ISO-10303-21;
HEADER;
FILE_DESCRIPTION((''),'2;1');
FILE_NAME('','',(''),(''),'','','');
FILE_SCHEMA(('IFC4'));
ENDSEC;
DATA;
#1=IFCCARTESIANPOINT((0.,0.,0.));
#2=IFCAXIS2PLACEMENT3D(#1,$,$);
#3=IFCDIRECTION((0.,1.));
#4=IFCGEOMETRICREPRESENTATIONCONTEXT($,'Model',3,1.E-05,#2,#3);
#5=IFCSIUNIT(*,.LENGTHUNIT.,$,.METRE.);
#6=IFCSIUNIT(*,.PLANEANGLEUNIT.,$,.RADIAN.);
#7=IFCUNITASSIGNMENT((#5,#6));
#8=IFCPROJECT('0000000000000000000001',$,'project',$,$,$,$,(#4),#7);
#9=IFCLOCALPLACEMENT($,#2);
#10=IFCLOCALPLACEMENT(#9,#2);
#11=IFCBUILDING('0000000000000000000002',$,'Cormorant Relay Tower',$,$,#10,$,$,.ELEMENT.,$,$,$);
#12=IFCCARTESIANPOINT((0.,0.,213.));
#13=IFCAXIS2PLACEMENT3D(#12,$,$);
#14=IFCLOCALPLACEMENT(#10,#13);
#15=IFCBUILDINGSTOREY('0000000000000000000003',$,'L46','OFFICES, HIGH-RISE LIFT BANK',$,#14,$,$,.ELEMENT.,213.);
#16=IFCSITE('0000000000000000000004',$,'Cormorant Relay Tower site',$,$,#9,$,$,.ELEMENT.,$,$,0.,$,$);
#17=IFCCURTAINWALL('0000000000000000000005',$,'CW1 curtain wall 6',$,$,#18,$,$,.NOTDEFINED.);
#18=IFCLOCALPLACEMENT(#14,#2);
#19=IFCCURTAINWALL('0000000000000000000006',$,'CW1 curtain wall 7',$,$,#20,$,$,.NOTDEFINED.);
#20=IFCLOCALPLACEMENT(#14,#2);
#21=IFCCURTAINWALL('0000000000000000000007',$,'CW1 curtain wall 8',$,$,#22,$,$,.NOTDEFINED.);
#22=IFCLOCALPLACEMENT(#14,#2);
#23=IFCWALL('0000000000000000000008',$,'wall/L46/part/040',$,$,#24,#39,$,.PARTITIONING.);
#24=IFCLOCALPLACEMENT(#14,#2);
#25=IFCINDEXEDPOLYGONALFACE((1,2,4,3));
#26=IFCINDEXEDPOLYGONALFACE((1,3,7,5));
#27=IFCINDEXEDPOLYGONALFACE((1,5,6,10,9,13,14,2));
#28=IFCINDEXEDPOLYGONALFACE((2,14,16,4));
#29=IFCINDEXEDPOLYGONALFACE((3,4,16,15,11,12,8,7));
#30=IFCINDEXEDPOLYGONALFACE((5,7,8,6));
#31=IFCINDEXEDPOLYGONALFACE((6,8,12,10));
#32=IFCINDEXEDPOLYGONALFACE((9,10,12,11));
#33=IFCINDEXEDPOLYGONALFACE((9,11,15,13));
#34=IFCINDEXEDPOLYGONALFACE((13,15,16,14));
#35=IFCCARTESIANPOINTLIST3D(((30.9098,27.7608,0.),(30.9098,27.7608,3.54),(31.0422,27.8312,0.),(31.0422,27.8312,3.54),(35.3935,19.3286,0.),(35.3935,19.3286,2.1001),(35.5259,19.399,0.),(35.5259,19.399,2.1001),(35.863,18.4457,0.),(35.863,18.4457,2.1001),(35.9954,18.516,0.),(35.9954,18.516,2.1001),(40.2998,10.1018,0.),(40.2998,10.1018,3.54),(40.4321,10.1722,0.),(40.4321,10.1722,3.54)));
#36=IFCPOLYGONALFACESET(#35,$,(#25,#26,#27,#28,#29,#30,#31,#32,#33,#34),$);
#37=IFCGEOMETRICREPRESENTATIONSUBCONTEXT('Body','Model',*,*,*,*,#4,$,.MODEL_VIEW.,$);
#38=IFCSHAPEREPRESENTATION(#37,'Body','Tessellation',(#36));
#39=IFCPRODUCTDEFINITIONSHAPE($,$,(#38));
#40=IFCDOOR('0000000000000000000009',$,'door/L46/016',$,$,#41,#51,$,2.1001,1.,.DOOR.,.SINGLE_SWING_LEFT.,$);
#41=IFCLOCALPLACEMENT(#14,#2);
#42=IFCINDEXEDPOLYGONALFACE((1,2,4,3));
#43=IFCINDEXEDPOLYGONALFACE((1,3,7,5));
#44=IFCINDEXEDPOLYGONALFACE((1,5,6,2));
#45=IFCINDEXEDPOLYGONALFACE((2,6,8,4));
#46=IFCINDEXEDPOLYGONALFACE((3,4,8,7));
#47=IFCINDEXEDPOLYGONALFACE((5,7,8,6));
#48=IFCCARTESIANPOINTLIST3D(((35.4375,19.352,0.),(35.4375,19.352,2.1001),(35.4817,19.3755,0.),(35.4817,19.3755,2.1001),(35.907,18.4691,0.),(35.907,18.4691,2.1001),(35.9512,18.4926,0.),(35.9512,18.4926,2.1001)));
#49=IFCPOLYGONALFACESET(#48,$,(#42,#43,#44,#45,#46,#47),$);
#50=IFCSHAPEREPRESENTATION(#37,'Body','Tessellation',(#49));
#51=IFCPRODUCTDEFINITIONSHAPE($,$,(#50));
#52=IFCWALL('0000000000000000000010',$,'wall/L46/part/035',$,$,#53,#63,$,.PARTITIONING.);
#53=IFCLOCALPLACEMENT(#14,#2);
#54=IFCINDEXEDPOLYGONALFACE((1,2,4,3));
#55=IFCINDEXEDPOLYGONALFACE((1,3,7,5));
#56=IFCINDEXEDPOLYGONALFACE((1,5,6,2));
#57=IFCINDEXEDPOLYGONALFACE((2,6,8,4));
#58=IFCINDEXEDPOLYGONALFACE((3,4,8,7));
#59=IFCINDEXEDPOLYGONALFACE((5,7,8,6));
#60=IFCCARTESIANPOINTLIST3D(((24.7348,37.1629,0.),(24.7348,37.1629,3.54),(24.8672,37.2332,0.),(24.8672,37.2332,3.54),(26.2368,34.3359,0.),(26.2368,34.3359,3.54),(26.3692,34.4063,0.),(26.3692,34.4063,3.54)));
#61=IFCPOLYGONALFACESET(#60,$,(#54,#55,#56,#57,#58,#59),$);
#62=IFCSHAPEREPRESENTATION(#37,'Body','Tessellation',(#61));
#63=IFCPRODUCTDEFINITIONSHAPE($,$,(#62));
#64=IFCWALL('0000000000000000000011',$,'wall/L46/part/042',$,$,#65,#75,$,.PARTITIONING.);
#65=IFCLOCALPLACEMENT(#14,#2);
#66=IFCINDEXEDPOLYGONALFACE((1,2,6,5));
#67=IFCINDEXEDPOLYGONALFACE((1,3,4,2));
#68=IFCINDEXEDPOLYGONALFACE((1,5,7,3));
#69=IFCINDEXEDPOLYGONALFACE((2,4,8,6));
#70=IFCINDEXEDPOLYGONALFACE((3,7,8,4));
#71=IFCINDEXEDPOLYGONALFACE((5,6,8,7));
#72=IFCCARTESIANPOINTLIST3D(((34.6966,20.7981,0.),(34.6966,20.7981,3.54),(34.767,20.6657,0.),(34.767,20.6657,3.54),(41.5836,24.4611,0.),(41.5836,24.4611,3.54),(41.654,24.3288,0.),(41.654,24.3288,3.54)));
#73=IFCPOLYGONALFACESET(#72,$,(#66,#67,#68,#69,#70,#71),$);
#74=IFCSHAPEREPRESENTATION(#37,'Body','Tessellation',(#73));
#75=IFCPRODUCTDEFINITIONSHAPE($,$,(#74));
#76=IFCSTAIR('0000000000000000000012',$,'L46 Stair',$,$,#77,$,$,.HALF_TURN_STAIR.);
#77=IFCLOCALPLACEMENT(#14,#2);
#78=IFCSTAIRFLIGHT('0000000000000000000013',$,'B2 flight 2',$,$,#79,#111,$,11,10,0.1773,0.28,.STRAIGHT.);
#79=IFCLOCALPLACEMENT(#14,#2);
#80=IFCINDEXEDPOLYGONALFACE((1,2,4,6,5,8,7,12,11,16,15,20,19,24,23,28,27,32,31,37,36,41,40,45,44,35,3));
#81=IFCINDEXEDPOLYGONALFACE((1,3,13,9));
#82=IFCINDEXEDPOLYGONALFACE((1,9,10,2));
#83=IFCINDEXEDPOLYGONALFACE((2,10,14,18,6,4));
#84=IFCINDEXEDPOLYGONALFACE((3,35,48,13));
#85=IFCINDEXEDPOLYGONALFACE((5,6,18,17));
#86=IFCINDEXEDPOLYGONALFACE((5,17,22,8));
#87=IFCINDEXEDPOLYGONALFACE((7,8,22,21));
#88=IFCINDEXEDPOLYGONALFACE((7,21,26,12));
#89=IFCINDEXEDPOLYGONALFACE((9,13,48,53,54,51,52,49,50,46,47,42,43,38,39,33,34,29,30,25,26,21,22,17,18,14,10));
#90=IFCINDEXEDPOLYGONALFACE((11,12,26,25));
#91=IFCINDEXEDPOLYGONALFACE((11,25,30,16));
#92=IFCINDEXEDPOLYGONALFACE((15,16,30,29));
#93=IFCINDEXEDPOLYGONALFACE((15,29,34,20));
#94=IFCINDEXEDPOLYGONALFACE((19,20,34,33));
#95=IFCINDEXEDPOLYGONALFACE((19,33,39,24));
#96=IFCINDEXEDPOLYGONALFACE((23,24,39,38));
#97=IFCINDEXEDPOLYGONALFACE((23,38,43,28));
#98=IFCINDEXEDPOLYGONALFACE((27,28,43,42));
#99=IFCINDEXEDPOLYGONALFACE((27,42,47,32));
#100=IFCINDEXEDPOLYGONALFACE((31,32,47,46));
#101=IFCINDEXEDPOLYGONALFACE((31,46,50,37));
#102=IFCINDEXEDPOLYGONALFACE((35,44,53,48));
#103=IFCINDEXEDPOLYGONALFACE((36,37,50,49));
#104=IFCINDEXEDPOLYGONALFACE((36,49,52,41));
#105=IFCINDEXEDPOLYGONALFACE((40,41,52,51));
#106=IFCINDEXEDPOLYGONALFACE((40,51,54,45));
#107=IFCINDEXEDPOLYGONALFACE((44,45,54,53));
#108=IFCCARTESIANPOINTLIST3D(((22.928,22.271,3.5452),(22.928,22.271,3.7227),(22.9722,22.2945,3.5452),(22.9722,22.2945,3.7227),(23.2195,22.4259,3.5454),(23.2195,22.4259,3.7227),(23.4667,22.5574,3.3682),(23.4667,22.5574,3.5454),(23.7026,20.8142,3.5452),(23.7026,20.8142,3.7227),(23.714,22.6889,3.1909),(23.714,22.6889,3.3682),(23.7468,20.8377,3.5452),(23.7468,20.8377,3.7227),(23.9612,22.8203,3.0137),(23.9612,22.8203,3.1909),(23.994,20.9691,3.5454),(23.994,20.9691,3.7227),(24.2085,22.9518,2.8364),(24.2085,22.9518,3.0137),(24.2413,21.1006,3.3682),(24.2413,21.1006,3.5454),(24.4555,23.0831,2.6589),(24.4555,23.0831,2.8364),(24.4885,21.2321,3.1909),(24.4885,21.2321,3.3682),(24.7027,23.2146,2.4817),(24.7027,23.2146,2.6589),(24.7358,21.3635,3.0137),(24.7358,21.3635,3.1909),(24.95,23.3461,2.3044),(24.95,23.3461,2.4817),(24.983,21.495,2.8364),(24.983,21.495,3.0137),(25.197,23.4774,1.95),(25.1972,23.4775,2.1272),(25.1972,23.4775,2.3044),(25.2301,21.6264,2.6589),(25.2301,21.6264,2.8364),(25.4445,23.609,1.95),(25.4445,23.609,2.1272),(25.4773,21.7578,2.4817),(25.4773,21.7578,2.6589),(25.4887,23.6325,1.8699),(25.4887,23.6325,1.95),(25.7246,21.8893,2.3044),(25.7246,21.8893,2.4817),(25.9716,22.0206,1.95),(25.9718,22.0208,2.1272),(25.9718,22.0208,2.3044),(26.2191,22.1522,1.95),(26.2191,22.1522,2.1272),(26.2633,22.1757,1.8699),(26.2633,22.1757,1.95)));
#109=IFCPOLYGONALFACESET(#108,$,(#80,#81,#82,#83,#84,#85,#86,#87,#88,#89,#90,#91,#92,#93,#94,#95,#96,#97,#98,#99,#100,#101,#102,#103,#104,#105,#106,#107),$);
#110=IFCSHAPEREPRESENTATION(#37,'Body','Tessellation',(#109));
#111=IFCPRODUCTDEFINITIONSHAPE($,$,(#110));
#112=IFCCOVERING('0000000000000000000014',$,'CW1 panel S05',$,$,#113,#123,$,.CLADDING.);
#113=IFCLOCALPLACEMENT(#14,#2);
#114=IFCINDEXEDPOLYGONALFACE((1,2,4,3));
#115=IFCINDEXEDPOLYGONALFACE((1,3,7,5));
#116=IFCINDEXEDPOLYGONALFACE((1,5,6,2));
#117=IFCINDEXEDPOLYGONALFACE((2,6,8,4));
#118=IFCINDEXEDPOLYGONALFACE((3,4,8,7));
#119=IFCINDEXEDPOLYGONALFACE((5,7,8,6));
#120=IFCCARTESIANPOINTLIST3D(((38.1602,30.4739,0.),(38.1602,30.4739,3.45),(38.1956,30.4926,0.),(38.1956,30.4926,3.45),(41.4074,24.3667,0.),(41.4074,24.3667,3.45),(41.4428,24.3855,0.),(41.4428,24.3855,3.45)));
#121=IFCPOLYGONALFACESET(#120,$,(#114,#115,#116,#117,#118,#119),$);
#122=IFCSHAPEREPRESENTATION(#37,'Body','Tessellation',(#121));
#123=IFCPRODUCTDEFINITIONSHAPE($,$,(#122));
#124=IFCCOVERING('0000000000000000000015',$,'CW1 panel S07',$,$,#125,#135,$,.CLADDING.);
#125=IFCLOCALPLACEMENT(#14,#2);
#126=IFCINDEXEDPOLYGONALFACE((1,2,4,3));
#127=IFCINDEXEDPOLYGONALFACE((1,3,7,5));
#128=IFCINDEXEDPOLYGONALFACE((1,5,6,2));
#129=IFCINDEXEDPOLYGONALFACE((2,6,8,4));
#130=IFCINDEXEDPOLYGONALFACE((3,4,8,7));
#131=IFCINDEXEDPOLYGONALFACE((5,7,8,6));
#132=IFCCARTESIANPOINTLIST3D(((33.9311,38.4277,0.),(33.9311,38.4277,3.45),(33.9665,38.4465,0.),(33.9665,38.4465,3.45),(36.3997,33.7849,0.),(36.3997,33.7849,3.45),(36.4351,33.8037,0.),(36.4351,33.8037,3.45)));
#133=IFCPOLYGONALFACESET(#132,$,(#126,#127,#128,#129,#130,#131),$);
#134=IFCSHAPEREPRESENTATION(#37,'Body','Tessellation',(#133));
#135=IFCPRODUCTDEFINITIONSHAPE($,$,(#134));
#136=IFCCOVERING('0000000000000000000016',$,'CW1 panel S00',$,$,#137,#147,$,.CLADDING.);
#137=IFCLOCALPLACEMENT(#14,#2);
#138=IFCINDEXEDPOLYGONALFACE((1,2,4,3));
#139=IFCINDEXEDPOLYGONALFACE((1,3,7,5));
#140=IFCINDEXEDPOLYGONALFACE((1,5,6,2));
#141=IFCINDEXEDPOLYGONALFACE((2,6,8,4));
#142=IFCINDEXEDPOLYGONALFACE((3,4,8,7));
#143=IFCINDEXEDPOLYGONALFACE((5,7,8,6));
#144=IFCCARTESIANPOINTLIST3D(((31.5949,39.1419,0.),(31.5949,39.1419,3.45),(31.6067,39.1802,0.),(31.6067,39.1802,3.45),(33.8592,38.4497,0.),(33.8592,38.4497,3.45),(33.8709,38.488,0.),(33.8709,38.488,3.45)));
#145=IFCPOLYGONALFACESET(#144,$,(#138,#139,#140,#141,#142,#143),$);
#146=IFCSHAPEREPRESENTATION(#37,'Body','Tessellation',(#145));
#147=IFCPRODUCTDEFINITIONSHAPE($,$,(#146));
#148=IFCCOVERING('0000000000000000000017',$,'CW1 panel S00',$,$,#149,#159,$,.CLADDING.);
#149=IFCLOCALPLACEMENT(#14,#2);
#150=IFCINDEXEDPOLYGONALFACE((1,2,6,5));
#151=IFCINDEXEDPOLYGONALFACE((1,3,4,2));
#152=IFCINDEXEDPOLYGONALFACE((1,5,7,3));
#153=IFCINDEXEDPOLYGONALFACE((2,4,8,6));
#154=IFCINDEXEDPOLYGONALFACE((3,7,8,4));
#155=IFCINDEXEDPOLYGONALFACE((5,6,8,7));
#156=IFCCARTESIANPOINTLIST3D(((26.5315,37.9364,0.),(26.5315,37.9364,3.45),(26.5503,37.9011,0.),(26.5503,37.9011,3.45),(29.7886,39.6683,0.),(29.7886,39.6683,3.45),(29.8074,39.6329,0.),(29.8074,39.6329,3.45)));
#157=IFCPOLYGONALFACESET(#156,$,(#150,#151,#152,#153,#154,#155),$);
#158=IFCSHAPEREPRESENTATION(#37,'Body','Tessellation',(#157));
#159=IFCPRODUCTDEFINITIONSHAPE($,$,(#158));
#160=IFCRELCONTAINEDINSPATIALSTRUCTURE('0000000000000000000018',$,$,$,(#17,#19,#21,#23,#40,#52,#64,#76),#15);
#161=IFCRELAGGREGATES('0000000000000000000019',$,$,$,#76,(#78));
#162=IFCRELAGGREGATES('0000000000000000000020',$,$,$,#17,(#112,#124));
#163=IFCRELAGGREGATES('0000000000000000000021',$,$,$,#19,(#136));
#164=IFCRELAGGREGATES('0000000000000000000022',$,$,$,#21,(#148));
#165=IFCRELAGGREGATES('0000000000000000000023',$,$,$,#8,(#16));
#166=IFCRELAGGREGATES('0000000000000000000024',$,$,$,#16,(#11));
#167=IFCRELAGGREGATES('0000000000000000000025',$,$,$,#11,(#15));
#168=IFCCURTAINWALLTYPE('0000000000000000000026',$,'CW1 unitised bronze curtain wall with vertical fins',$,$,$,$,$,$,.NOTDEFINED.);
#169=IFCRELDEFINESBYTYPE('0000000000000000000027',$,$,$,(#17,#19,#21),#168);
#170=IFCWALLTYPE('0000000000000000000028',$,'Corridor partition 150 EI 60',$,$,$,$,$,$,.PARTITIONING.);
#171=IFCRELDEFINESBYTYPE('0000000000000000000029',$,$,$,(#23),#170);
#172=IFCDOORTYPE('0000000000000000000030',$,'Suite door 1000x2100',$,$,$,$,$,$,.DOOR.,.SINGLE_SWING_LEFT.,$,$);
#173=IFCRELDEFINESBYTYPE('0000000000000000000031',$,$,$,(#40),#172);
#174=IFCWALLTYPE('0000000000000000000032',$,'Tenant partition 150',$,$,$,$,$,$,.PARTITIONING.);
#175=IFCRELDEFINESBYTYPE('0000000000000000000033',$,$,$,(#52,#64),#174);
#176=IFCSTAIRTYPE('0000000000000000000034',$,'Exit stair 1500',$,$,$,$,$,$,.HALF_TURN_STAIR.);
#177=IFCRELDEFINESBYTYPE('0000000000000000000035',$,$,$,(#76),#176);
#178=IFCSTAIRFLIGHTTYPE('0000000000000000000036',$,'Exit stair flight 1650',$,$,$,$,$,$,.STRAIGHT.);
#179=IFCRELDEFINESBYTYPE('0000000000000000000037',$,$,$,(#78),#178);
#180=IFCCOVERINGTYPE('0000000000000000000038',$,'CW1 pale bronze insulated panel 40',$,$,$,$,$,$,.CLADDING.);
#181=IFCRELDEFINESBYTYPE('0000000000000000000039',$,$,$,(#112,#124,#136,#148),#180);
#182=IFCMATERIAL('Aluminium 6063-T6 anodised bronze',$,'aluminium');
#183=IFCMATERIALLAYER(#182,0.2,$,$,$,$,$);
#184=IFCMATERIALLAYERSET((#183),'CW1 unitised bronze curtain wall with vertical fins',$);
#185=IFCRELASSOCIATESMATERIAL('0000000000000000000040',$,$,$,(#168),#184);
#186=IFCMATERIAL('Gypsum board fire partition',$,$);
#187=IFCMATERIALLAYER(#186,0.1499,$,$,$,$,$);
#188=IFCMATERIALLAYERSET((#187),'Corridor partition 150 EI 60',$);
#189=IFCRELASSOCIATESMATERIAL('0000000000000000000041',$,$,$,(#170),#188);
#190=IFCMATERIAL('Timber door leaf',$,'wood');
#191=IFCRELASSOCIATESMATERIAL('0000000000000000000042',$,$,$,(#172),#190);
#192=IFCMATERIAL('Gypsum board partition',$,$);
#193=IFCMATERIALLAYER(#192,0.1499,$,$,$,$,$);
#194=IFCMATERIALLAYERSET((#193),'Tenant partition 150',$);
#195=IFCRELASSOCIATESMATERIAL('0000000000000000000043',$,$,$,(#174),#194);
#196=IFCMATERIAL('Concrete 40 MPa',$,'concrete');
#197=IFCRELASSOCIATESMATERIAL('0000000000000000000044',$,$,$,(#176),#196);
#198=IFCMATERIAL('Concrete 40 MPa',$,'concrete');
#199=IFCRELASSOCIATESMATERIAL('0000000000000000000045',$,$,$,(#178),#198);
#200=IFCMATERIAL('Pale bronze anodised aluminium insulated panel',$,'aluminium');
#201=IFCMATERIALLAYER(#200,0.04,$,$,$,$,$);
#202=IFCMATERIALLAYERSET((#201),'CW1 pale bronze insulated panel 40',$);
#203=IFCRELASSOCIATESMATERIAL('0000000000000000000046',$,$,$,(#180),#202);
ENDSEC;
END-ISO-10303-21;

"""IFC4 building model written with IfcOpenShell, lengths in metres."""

from ifc_helpers import new_model, si_unit, direction, frame, frame_2d, origin, origin_2d, place, context, subcontext, project, spatial, polyline, rectangle, outline, extrude, material, layer, layer_set, type_object, element, fill, aggregate, save


model = new_model("IFC4")

# Units and contexts
model_context = context("Model", 3, precision=1e-05, world=origin(), true_north=direction((0.0, 1.0)))
body_context = subcontext(model_context, "Body", "Model", "MODEL_VIEW")
ifc_project = project(units=[si_unit("LENGTHUNIT", "METRE"), si_unit("PLANEANGLEUNIT", "RADIAN")], contexts=[model_context])

# Site, building, storey
site_placement = place(None, origin())
site = spatial("IfcSite", under=ifc_project, at=site_placement, Name="Cormorant Relay Tower site", CompositionType="ELEMENT", RefElevation=0.0)
building_placement = place(site_placement, origin())
building = spatial("IfcBuilding", under=site, at=building_placement, Name="Cormorant Relay Tower", CompositionType="ELEMENT")
storey_placement = place(building_placement, frame((0.0, 0.0, 213.0)))
storey = spatial("IfcBuildingStorey", under=building, at=storey_placement, Name="L46", Description="OFFICES, HIGH-RISE LIFT BANK", CompositionType="ELEMENT", Elevation=213.0)

# Curtain wall
ifc_material_1 = material(Name="Aluminium 6063-T6 anodised bronze", Category="aluminium")
ifc_layer_1 = layer(ifc_material_1, 0.2)
ifc_layer_set_1 = layer_set([ifc_layer_1], Name="CW1 unitised bronze curtain wall with vertical fins")
curtain_wall_type = type_object("IfcCurtainWallType", Name="CW1 unitised bronze curtain wall with vertical fins", PredefinedType="NOTDEFINED", material=ifc_layer_set_1)
curtain_wall_1_placement = place(storey_placement, origin())
curtain_wall_1 = element("IfcCurtainWall", 1, at=curtain_wall_1_placement, inside=storey, type_object=curtain_wall_type, Name="CW1 curtain wall 6", PredefinedType="NOTDEFINED")

# Curtain walls
curtain_wall_2_placement = place(storey_placement, origin())
curtain_wall_2 = element("IfcCurtainWall", 2, at=curtain_wall_2_placement, inside=storey, type_object=curtain_wall_type, Name="CW1 curtain wall 7", PredefinedType="NOTDEFINED")
curtain_wall_3_placement = place(storey_placement, origin())
curtain_wall_3 = element("IfcCurtainWall", 3, at=curtain_wall_3_placement, inside=storey, type_object=curtain_wall_type, Name="CW1 curtain wall 8", PredefinedType="NOTDEFINED")

# Wall, opening, door
ifc_material_2 = material(Name="Gypsum board fire partition")
ifc_layer_2 = layer(ifc_material_2, 0.1499)
ifc_layer_set_2 = layer_set([ifc_layer_2], Name="Corridor partition 150 EI 60")
wall_type_1 = type_object("IfcWallType", Name="Corridor partition 150 EI 60", PredefinedType="PARTITIONING", material=ifc_layer_set_2)
ifc_material_3 = material(Name="Timber door leaf", Category="wood")
door_type = type_object("IfcDoorType", Name="Suite door 1000x2100", OperationType="SINGLE_SWING_LEFT", PredefinedType="DOOR", material=ifc_material_3)
wall_1_placement = place(storey_placement, frame((30.9761, 27.7959, 0.0), z_axis=(0.0, 0.0, 1.0), x_axis=(0.46949, -0.882938, 0.0)))
wall_1 = element("IfcWall", 4, at=wall_1_placement, inside=storey, type_object=wall_type_1, Name="wall/L46/part/040", PredefinedType="PARTITIONING", context=body_context, shape_type="SweptSolid", body=[
    extrude(rectangle(XDim=20.0002, YDim=0.1499, at=frame_2d((10.0, 0.0))), origin(), (0.0, 0.0, 1.0), 3.54),
])
opening_1_placement = place(wall_1_placement, frame((9.55, 0.0, 0.0)))
opening_1 = element("IfcOpeningElement", 5, at=opening_1_placement, cuts=wall_1, PredefinedType="OPENING", context=body_context, shape_type="SweptSolid", body=[
    extrude(rectangle(XDim=1.0, YDim=2.1001, at=frame_2d((0.5, 1.05))), frame((0.0, 0.085, 0.0), z_axis=(0.0, -1.0, 0.0), x_axis=(1.0, 0.0, 0.0)), (0.0, 0.0, 1.0), 0.1699),
])
door_1_placement = place(opening_1_placement, origin())
door_1 = element("IfcDoor", 6, at=door_1_placement, inside=storey, type_object=door_type, Name="door/L46/016", OperationType="SINGLE_SWING_LEFT", OverallHeight=2.1001, OverallWidth=1.0, PredefinedType="DOOR", context=body_context, shape_type="SweptSolid", body=[
    extrude(rectangle(XDim=1.0, YDim=2.1001, at=frame_2d((0.5, 1.05))), frame((0.0, 0.0249, 0.0), z_axis=(0.0, -1.0, 0.0), x_axis=(1.0, 0.0, 0.0)), (0.0, 0.0, 1.0), 0.05),
])
fill(opening_1, door_1)

# Walls
ifc_material_4 = material(Name="Gypsum board partition")
ifc_layer_3 = layer(ifc_material_4, 0.1499)
ifc_layer_set_3 = layer_set([ifc_layer_3], Name="Tenant partition 150")
wall_type_2 = type_object("IfcWallType", Name="Tenant partition 150", PredefinedType="PARTITIONING", material=ifc_layer_set_3)
wall_2_placement = place(storey_placement, frame((26.303, 34.3711, 0.0), z_axis=(0.0, 0.0, 1.0), x_axis=(-0.469194, 0.883095, 0.0)))
element("IfcWall", 7, at=wall_2_placement, inside=storey, type_object=wall_type_2, Name="wall/L46/part/035", PredefinedType="PARTITIONING", context=body_context, shape_type="SweptSolid", body=[
    extrude(rectangle(XDim=3.2012, YDim=0.1499, at=frame_2d((1.6006, 0.0))), origin(), (0.0, 0.0, 1.0), 3.54),
])
wall_3_placement = place(storey_placement, frame((41.6189, 24.395, 0.0), z_axis=(0.0, 0.0, 1.0), x_axis=(-0.882883, -0.469594, 0.0)))
element("IfcWall", 8, at=wall_3_placement, inside=storey, type_object=wall_type_2, Name="wall/L46/part/042", PredefinedType="PARTITIONING", context=body_context, shape_type="SweptSolid", body=[
    extrude(rectangle(XDim=7.8005, YDim=0.1499, at=frame_2d((3.9004, 0.0))), origin(), (0.0, 0.0, 1.0), 3.54),
])

# Stair, stair flight
ifc_material_5 = material(Name="Concrete 40 MPa", Category="concrete")
stair_type = type_object("IfcStairType", Name="Exit stair 1500", PredefinedType="HALF_TURN_STAIR", material=ifc_material_5)
stair_placement = place(storey_placement, origin())
stair = element("IfcStair", 9, at=stair_placement, inside=storey, type_object=stair_type, Name="L46 Stair", PredefinedType="HALF_TURN_STAIR")
ifc_material_6 = material(Name="Concrete 40 MPa", Category="concrete")
stair_flight_type = type_object("IfcStairFlightType", Name="Exit stair flight 1650", PredefinedType="STRAIGHT", material=ifc_material_6)
stair_flight_placement = place(storey_placement, frame((25.8318, 22.8806, 1.95), z_axis=(0.0, 0.0, 1.0), x_axis=(-0.882948, -0.469472, 0.0)))
stair_flight = element("IfcStairFlight", 10, at=stair_flight_placement, type_object=stair_flight_type, Name="B2 flight 2", NumberOfRisers=11, NumberOfTreads=10, PredefinedType="STRAIGHT", RiserHeight=0.1773, TreadLength=0.28, context=body_context, shape_type="SweptSolid", body=[
    extrude(outline(polyline([(-0.05, -0.0801), (-0.05, 0.0), (0.0, 0.0), (0.0, 0.1772), (0.28, 0.1772), (0.28, 0.3545), (0.5601, 0.3545), (0.5601, 0.5317), (0.8401, 0.5317), (0.8401, 0.709), (1.1201, 0.709), (1.1201, 0.8865), (1.3999, 0.8865), (1.3999, 1.0637), (1.6799, 1.0637), (1.6799, 1.241), (1.96, 1.241), (1.96, 1.4182), (2.24, 1.4182), (2.24, 1.5955), (2.52, 1.5955), (2.52, 1.7727), (2.8, 1.7727), (2.8501, 1.7727), (2.8501, 1.5952), (2.8, 1.5952), (0.2803, 0.0), (-0.05, -0.0801)])), frame((0.0, 0.825, 0.0), z_axis=(0.0, -1.0, 0.0), x_axis=(1.0, 0.0, 0.0)), (0.0, 0.0, 1.0), 1.6499),
])
aggregate(stair, [stair_flight])

# Coverings
ifc_material_7 = material(Name="Pale bronze anodised aluminium insulated panel", Category="aluminium")
ifc_layer_4 = layer(ifc_material_7, 0.04)
ifc_layer_set_4 = layer_set([ifc_layer_4], Name="CW1 pale bronze insulated panel 40")
covering_type = type_object("IfcCoveringType", Name="CW1 pale bronze insulated panel 40", PredefinedType="CLADDING", material=ifc_layer_set_4)
covering_1_placement = place(storey_placement, frame((39.8015, 27.4297, 0.0), z_axis=(0.0, 0.0, 1.0), x_axis=(-0.469472, 0.882948, 0.0)))
covering_1 = element("IfcCovering", 11, at=covering_1_placement, type_object=covering_type, Name="CW1 panel S05", PredefinedType="CLADDING", context=body_context, shape_type="SweptSolid", body=[
    extrude(rectangle(XDim=6.9167, YDim=0.04, at=origin_2d()), origin(), (0.0, 0.0, 1.0), 3.45),
])
covering_2_placement = place(storey_placement, frame((35.1831, 36.1157, 0.0), z_axis=(0.0, 0.0, 1.0), x_axis=(-0.469472, 0.882948, 0.0)))
covering_2 = element("IfcCovering", 12, at=covering_2_placement, type_object=covering_type, Name="CW1 panel S07", PredefinedType="CLADDING", context=body_context, shape_type="SweptSolid", body=[
    extrude(rectangle(XDim=5.2583, YDim=0.04, at=origin_2d()), origin(), (0.0, 0.0, 1.0), 3.45),
])
aggregate(curtain_wall_1, [covering_1, covering_2])
covering_3_placement = place(storey_placement, frame((32.7329, 38.8149, 0.0), z_axis=(0.0, 0.0, 1.0), x_axis=(-0.956305, 0.292372, 0.0)))
covering_3 = element("IfcCovering", 13, at=covering_3_placement, type_object=covering_type, Name="CW1 panel S00", PredefinedType="CLADDING", context=body_context, shape_type="SweptSolid", body=[
    extrude(rectangle(XDim=2.3677, YDim=0.04, at=origin_2d()), origin(), (0.0, 0.0, 1.0), 3.45),
])
aggregate(curtain_wall_2, [covering_3])
covering_4_placement = place(storey_placement, frame((28.1694, 38.7847, 0.0), z_axis=(0.0, 0.0, 1.0), x_axis=(-0.882948, -0.469472, 0.0)))
covering_4 = element("IfcCovering", 14, at=covering_4_placement, type_object=covering_type, Name="CW1 panel S00", PredefinedType="CLADDING", context=body_context, shape_type="SweptSolid", body=[
    extrude(rectangle(XDim=3.689, YDim=0.04, at=origin_2d()), origin(), (0.0, 0.0, 1.0), 3.45),
])
aggregate(curtain_wall_3, [covering_4])

save(model, "model.ifc")
